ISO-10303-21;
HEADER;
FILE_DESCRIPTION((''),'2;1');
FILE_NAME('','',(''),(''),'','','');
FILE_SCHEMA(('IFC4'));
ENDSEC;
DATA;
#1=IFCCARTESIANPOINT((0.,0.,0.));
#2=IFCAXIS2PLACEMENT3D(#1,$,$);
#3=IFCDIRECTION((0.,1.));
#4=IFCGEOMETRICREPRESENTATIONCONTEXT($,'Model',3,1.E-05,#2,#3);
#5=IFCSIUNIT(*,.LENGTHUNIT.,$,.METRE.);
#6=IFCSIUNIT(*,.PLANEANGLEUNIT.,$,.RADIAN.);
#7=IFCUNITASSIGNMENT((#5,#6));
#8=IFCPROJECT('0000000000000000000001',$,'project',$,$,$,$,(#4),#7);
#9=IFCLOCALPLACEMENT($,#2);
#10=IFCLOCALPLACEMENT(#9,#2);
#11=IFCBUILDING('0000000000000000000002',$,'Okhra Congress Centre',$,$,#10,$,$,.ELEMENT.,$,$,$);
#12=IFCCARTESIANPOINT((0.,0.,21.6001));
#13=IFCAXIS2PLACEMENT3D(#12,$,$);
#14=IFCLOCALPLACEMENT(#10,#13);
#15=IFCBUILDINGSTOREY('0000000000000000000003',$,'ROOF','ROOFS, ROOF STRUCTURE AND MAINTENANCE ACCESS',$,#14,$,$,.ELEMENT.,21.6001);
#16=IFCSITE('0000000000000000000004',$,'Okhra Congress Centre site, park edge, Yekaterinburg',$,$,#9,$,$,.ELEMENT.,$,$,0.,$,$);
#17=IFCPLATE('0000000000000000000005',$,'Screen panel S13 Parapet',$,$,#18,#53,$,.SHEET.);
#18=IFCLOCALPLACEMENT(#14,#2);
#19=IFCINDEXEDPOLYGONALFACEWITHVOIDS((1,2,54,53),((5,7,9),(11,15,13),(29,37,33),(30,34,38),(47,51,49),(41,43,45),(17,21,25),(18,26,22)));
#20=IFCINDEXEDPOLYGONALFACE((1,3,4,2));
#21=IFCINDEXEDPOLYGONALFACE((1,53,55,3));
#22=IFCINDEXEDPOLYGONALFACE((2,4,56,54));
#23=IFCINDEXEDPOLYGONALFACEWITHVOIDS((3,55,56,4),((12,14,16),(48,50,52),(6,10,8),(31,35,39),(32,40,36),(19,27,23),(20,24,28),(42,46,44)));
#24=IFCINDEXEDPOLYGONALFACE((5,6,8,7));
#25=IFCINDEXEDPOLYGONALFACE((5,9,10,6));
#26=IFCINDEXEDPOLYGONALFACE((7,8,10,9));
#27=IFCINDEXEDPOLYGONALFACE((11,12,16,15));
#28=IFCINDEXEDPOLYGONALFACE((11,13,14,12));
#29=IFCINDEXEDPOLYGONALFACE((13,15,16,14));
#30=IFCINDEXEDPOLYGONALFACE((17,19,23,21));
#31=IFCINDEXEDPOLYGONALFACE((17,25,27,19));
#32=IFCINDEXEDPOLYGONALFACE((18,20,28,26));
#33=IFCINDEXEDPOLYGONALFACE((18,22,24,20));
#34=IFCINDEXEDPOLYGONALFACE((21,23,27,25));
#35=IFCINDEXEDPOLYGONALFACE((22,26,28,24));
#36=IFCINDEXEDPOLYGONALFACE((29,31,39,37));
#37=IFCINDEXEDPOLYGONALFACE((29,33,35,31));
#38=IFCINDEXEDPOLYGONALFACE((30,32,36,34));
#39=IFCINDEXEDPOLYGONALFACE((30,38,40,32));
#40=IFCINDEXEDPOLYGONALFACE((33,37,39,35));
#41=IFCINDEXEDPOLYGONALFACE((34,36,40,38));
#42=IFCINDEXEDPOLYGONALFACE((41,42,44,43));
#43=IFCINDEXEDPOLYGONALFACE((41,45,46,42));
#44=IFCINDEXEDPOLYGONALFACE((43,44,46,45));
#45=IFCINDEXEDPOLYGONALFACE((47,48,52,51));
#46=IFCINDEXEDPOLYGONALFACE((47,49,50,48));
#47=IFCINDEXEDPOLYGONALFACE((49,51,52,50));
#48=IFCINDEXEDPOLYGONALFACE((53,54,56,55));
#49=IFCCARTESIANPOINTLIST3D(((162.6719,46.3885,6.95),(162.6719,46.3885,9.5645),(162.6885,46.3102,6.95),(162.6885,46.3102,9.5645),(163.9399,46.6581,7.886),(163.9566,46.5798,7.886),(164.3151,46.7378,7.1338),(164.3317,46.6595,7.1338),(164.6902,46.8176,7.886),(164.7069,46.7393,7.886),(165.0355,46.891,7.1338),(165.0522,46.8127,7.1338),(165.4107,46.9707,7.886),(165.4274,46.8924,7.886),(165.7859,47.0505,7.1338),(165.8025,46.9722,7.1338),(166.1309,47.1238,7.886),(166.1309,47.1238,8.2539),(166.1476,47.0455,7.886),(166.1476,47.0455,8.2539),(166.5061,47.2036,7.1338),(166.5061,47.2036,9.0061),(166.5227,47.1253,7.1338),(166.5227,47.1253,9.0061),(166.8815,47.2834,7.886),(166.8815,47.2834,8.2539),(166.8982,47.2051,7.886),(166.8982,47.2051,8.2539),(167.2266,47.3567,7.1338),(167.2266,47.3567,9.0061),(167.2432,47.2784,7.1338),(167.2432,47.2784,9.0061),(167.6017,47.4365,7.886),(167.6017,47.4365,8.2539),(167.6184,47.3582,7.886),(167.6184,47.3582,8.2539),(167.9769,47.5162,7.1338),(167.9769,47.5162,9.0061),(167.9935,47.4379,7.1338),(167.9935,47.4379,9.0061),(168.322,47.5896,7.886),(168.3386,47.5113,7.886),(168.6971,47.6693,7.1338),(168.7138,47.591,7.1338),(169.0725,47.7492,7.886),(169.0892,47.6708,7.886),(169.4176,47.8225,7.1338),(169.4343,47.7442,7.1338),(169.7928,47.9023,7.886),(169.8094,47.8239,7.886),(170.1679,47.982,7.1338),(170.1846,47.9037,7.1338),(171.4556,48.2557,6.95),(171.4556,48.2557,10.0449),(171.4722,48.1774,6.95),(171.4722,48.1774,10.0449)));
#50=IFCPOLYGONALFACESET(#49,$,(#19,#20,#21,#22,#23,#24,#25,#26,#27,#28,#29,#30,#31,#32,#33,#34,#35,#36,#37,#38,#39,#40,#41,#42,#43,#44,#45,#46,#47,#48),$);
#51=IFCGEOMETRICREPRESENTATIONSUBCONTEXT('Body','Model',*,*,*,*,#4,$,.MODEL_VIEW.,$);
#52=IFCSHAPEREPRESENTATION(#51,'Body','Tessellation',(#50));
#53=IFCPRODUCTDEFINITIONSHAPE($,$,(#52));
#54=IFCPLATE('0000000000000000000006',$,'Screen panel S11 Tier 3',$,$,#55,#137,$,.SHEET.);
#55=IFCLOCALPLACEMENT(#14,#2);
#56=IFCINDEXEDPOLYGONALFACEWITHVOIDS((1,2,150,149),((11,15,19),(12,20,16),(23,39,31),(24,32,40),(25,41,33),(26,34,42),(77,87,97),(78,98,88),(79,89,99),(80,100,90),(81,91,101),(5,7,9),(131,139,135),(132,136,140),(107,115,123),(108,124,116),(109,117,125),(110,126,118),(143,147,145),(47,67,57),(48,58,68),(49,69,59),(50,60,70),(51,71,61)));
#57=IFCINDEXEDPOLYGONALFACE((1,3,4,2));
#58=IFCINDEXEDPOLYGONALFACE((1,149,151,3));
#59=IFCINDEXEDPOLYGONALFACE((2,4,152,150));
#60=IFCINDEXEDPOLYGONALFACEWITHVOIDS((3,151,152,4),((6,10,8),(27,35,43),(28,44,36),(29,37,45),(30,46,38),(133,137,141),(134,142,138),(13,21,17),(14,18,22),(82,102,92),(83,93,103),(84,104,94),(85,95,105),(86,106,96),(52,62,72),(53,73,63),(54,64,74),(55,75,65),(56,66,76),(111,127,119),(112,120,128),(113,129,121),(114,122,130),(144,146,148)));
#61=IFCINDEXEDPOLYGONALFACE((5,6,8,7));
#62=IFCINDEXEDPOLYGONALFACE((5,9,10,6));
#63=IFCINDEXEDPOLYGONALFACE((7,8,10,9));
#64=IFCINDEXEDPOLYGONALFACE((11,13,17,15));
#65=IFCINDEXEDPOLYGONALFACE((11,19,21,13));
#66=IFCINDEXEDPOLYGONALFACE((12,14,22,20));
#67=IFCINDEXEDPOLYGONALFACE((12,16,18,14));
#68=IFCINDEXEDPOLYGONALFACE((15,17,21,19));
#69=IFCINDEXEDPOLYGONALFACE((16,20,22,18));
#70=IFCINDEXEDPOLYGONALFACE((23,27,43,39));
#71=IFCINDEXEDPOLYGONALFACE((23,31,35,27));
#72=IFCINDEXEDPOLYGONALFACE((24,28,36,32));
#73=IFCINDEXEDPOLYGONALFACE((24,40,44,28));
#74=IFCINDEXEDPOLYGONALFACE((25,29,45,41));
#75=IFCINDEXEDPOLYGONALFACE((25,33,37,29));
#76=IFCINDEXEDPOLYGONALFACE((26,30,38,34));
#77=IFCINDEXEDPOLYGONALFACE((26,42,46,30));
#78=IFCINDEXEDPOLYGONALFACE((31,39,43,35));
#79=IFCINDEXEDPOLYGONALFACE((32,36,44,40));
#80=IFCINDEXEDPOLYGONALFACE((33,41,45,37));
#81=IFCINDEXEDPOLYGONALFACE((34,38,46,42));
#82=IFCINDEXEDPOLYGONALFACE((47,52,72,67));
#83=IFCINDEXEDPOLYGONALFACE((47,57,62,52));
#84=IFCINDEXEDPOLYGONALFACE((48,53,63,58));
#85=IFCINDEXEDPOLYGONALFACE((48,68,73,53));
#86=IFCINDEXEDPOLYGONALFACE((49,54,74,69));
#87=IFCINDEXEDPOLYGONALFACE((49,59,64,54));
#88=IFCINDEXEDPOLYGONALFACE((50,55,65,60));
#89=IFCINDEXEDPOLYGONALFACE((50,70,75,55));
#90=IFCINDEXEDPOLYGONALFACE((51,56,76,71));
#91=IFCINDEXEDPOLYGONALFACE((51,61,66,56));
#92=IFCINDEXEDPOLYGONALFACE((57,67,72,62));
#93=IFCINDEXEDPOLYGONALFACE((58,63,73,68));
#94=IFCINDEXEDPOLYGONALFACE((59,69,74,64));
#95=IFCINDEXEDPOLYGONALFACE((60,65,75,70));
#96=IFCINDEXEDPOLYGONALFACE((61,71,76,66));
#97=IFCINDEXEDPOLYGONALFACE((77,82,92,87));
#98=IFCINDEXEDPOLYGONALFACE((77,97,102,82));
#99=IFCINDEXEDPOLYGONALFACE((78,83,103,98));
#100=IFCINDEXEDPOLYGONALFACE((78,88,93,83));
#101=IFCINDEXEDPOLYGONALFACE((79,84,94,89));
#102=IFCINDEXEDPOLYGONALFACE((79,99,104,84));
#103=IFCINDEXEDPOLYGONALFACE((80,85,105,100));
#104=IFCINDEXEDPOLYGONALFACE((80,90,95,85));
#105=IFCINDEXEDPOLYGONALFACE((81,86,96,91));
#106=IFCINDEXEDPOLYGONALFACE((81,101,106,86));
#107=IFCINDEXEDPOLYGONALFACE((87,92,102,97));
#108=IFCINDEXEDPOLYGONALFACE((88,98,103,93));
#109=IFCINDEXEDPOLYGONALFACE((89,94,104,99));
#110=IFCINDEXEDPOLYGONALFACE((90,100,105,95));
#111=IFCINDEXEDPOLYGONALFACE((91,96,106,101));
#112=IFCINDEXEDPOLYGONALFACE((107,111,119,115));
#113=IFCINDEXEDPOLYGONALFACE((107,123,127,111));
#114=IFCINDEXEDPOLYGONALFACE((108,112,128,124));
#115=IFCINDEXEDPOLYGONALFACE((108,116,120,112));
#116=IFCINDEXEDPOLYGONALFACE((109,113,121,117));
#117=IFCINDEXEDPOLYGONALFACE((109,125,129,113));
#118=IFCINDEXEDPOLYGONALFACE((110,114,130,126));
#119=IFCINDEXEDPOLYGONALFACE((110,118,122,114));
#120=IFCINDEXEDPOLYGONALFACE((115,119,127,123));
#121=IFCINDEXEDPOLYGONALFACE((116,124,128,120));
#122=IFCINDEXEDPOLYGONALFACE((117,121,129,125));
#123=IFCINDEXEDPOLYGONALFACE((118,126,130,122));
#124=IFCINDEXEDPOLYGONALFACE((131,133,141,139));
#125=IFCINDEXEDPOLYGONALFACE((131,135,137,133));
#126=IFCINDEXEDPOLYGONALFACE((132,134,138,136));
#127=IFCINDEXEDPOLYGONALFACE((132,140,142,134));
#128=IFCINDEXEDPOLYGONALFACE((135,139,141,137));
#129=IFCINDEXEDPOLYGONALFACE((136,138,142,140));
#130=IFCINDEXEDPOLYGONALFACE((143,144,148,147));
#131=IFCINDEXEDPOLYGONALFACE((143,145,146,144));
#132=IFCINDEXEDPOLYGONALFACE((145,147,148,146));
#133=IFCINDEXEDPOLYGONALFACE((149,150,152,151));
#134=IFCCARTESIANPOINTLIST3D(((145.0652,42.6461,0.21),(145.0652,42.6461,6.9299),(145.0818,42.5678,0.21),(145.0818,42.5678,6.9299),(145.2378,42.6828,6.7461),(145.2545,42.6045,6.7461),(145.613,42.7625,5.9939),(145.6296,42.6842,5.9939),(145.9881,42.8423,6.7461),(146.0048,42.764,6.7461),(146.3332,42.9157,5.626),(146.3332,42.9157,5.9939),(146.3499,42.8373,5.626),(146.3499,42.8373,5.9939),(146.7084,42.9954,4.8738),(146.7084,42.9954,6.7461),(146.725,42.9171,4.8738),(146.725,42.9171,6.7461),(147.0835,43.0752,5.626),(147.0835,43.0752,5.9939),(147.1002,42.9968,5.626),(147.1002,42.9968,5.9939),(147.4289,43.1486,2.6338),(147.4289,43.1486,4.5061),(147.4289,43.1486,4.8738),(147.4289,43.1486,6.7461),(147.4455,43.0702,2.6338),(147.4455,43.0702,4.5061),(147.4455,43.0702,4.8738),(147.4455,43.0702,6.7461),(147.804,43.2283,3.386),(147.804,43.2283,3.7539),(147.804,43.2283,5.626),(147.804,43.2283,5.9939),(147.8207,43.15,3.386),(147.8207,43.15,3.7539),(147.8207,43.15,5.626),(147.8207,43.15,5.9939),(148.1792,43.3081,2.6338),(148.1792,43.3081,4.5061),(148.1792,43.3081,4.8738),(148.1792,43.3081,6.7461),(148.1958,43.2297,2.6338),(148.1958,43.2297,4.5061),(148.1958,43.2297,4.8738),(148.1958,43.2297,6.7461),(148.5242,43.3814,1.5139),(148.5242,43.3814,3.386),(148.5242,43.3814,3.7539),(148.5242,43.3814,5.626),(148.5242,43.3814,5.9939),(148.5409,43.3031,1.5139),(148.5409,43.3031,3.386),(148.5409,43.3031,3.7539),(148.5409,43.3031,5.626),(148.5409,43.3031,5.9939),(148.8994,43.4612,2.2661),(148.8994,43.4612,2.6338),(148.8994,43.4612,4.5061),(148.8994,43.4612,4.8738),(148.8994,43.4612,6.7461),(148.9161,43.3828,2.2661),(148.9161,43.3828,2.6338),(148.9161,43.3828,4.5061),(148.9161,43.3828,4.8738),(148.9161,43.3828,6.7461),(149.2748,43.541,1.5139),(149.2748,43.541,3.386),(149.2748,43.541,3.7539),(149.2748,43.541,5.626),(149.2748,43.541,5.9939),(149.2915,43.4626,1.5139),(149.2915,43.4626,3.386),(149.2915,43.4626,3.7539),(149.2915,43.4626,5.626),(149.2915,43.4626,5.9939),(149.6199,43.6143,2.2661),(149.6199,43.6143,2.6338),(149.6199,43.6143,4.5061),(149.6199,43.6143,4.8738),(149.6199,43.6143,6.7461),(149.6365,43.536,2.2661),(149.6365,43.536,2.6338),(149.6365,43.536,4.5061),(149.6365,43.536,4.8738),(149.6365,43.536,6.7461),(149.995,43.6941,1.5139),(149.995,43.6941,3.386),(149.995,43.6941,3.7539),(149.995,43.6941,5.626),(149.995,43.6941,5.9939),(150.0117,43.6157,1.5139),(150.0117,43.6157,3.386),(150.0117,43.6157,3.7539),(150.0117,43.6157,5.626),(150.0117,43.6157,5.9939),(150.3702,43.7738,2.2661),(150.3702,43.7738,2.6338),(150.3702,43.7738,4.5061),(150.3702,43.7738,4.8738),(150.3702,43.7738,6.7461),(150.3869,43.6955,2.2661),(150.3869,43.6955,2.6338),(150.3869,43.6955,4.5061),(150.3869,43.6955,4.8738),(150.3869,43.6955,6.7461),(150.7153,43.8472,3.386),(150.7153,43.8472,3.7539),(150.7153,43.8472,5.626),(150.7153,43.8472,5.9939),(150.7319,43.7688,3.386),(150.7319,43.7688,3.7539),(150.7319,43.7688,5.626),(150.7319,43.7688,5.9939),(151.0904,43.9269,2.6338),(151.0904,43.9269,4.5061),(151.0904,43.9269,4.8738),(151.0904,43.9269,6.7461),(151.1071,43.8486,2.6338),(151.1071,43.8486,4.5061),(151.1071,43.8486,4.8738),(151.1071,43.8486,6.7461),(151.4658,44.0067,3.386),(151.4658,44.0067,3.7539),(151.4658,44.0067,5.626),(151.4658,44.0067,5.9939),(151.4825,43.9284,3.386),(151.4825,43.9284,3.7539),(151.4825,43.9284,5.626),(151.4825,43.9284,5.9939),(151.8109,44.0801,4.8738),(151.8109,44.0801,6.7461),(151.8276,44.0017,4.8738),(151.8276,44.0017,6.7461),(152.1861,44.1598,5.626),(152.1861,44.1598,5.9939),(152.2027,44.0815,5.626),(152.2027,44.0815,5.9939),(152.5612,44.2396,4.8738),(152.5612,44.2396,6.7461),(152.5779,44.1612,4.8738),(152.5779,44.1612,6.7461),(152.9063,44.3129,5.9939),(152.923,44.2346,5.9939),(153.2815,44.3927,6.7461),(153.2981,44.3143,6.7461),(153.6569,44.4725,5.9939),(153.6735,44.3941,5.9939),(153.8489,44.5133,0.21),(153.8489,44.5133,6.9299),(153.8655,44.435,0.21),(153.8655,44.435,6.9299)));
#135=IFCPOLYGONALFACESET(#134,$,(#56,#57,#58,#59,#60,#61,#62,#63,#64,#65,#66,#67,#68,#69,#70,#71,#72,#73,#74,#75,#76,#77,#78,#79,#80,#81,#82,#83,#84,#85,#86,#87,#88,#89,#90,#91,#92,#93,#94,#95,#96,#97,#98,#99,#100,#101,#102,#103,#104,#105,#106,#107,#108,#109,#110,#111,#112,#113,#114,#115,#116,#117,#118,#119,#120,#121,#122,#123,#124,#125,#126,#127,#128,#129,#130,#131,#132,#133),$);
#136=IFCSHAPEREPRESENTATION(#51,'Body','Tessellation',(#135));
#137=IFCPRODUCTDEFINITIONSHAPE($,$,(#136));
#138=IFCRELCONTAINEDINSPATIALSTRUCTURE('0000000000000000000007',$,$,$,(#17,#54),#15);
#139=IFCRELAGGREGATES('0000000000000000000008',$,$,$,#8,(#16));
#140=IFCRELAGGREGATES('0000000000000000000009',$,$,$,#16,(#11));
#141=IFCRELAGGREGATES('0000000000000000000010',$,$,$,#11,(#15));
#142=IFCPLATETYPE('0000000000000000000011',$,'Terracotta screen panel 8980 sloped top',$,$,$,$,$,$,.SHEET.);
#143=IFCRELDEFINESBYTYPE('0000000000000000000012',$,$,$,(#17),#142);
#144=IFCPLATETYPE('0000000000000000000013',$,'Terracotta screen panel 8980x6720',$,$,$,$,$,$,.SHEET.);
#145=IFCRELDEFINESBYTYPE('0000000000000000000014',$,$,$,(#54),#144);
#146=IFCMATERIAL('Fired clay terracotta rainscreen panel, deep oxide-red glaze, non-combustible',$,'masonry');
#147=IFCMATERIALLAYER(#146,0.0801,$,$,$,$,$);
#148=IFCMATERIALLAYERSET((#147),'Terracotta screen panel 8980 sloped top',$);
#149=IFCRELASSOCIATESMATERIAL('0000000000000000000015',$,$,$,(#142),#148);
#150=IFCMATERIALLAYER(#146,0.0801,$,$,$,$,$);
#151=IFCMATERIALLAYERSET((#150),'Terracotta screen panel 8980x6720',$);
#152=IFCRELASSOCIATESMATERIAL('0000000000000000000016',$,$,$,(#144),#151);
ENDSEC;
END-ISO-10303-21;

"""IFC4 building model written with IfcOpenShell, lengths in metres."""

from ifc_helpers import new_model, si_unit, direction, frame, origin, place, context, subcontext, project, spatial, polyline, outline, extrude, material, layer, layer_set, type_object, element, save


model = new_model("IFC4")

# Units and contexts
model_context = context("Model", 3, precision=1e-05, world=origin(), true_north=direction((0.0, 1.0)))
body_context = subcontext(model_context, "Body", "Model", "MODEL_VIEW")
ifc_project = project(units=[si_unit("LENGTHUNIT", "METRE"), si_unit("PLANEANGLEUNIT", "RADIAN")], contexts=[model_context])

# Site, building, storey
site_placement = place(None, origin())
site = spatial("IfcSite", under=ifc_project, at=site_placement, Name="Okhra Congress Centre site, park edge, Yekaterinburg", CompositionType="ELEMENT", RefElevation=0.0)
building_placement = place(site_placement, origin())
building = spatial("IfcBuilding", under=site, at=building_placement, Name="Okhra Congress Centre", CompositionType="ELEMENT")
storey_placement = place(building_placement, frame((0.0, 0.0, 21.6001)))
storey = spatial("IfcBuildingStorey", under=building, at=storey_placement, Name="ROOF", Description="ROOFS, ROOF STRUCTURE AND MAINTENANCE ACCESS", CompositionType="ELEMENT", Elevation=21.6001)

# Plates
ifc_material_1 = material(Name="Fired clay terracotta rainscreen panel, deep oxide-red glaze, non-combustible", Category="masonry")
ifc_layer_1 = layer(ifc_material_1, 0.0801)
ifc_layer_set_1 = layer_set([ifc_layer_1], Name="Terracotta screen panel 8980 sloped top")
plate_type_1 = type_object("IfcPlateType", Name="Terracotta screen panel 8980 sloped top", PredefinedType="SHEET", material=ifc_layer_set_1)
plate_1_placement = place(storey_placement, frame((162.6802, 46.3494, 6.95), z_axis=(0.0, 0.0, 1.0), x_axis=(0.978144, 0.207928, 0.0)))
element("IfcPlate", 1, at=plate_1_placement, inside=storey, type_object=plate_type_1, Name="Screen panel S13 Parapet", PredefinedType="SHEET", context=body_context, shape_type="SweptSolid", body=[
    extrude(outline(polyline([(0.0, 0.0), (8.98, 0.0), (8.98, 3.095), (0.0, 2.6145), (0.0, 0.0)]), holes=[polyline([(1.2964, 0.936), (1.6799, 0.1838), (2.0635, 0.936), (1.2964, 0.936)]), polyline([(2.4165, 0.1838), (3.1836, 0.1838), (2.8, 0.936), (2.4165, 0.1838)]), polyline([(3.5364, 0.936), (3.9199, 0.1838), (4.3037, 0.936), (3.5364, 0.936)]), polyline([(4.6565, 0.1838), (5.4236, 0.1838), (5.04, 0.936), (4.6565, 0.1838)]), polyline([(5.7764, 0.936), (6.1599, 0.1838), (6.5437, 0.936), (5.7764, 0.936)]), polyline([(6.8965, 0.1838), (7.6636, 0.1838), (7.28, 0.936), (6.8965, 0.1838)]), polyline([(3.5364, 1.304), (4.3037, 1.304), (3.9199, 2.0562), (3.5364, 1.304)]), polyline([(4.6565, 2.0562), (5.04, 1.304), (5.4236, 2.0562), (4.6565, 2.0562)])]), frame((0.0, 0.04, 0.0), z_axis=(0.0, -1.0, 0.0), x_axis=(1.0, 0.0, 0.0)), (0.0, 0.0, 1.0), 0.0801),
])
ifc_layer_2 = layer(ifc_material_1, 0.0801)
ifc_layer_set_2 = layer_set([ifc_layer_2], Name="Terracotta screen panel 8980x6720")
plate_type_2 = type_object("IfcPlateType", Name="Terracotta screen panel 8980x6720", PredefinedType="SHEET", material=ifc_layer_set_2)
plate_2_placement = place(storey_placement, frame((145.0735, 42.6069, 0.21), z_axis=(0.0, 0.0, 1.0), x_axis=(0.978144, 0.207928, 0.0)))
element("IfcPlate", 2, at=plate_2_placement, inside=storey, type_object=plate_type_2, Name="Screen panel S11 Tier 3", PredefinedType="SHEET", context=body_context, shape_type="SweptSolid", body=[
    extrude(outline(polyline([(0.0, 0.0), (8.98, 0.0), (8.98, 6.72), (0.0, 6.72), (0.0, 0.0)]), holes=[polyline([(3.5364, 1.304), (4.3037, 1.304), (3.9199, 2.0562), (3.5364, 1.304)]), polyline([(4.6565, 2.0562), (5.04, 1.304), (5.4236, 2.0562), (4.6565, 2.0562)]), polyline([(2.4165, 2.4238), (3.1836, 2.4238), (2.8, 3.176), (2.4165, 2.4238)]), polyline([(3.5364, 3.176), (3.9199, 2.4238), (4.3037, 3.176), (3.5364, 3.176)]), polyline([(4.6565, 2.4238), (5.4236, 2.4238), (5.04, 3.176), (4.6565, 2.4238)]), polyline([(5.7764, 3.176), (6.1599, 2.4238), (6.5437, 3.176), (5.7764, 3.176)]), polyline([(2.4165, 4.2961), (2.8, 3.5439), (3.1836, 4.2961), (2.4165, 4.2961)]), polyline([(3.5364, 3.5439), (4.3037, 3.5439), (3.9199, 4.2961), (3.5364, 3.5439)]), polyline([(4.6565, 4.2961), (5.04, 3.5439), (5.4236, 4.2961), (4.6565, 4.2961)]), polyline([(5.7764, 3.5439), (6.5437, 3.5439), (6.1599, 4.2961), (5.7764, 3.5439)]), polyline([(1.2964, 5.416), (1.6799, 4.6638), (2.0635, 5.416), (1.2964, 5.416)]), polyline([(2.4165, 4.6638), (3.1836, 4.6638), (2.8, 5.416), (2.4165, 4.6638)]), polyline([(3.5364, 5.416), (3.9199, 4.6638), (4.3037, 5.416), (3.5364, 5.416)]), polyline([(4.6565, 4.6638), (5.4236, 4.6638), (5.04, 5.416), (4.6565, 4.6638)]), polyline([(5.7764, 5.416), (6.1599, 4.6638), (6.5437, 5.416), (5.7764, 5.416)]), polyline([(6.8965, 4.6638), (7.6636, 4.6638), (7.28, 5.416), (6.8965, 4.6638)]), polyline([(0.1765, 6.5361), (0.5601, 5.7839), (0.9436, 6.5361), (0.1765, 6.5361)]), polyline([(1.2964, 5.7839), (2.0635, 5.7839), (1.6799, 6.5361), (1.2964, 5.7839)]), polyline([(2.4165, 6.5361), (2.8, 5.7839), (3.1836, 6.5361), (2.4165, 6.5361)]), polyline([(3.5364, 5.7839), (4.3037, 5.7839), (3.9199, 6.5361), (3.5364, 5.7839)]), polyline([(4.6565, 6.5361), (5.04, 5.7839), (5.4236, 6.5361), (4.6565, 6.5361)]), polyline([(5.7764, 5.7839), (6.5437, 5.7839), (6.1599, 6.5361), (5.7764, 5.7839)]), polyline([(6.8965, 6.5361), (7.28, 5.7839), (7.6636, 6.5361), (6.8965, 6.5361)]), polyline([(8.0164, 5.7839), (8.7837, 5.7839), (8.3999, 6.5361), (8.0164, 5.7839)])]), frame((0.0, 0.04, 0.0), z_axis=(0.0, -1.0, 0.0), x_axis=(1.0, 0.0, 0.0)), (0.0, 0.0, 1.0), 0.0801),
])

save(model, "model.ifc")
